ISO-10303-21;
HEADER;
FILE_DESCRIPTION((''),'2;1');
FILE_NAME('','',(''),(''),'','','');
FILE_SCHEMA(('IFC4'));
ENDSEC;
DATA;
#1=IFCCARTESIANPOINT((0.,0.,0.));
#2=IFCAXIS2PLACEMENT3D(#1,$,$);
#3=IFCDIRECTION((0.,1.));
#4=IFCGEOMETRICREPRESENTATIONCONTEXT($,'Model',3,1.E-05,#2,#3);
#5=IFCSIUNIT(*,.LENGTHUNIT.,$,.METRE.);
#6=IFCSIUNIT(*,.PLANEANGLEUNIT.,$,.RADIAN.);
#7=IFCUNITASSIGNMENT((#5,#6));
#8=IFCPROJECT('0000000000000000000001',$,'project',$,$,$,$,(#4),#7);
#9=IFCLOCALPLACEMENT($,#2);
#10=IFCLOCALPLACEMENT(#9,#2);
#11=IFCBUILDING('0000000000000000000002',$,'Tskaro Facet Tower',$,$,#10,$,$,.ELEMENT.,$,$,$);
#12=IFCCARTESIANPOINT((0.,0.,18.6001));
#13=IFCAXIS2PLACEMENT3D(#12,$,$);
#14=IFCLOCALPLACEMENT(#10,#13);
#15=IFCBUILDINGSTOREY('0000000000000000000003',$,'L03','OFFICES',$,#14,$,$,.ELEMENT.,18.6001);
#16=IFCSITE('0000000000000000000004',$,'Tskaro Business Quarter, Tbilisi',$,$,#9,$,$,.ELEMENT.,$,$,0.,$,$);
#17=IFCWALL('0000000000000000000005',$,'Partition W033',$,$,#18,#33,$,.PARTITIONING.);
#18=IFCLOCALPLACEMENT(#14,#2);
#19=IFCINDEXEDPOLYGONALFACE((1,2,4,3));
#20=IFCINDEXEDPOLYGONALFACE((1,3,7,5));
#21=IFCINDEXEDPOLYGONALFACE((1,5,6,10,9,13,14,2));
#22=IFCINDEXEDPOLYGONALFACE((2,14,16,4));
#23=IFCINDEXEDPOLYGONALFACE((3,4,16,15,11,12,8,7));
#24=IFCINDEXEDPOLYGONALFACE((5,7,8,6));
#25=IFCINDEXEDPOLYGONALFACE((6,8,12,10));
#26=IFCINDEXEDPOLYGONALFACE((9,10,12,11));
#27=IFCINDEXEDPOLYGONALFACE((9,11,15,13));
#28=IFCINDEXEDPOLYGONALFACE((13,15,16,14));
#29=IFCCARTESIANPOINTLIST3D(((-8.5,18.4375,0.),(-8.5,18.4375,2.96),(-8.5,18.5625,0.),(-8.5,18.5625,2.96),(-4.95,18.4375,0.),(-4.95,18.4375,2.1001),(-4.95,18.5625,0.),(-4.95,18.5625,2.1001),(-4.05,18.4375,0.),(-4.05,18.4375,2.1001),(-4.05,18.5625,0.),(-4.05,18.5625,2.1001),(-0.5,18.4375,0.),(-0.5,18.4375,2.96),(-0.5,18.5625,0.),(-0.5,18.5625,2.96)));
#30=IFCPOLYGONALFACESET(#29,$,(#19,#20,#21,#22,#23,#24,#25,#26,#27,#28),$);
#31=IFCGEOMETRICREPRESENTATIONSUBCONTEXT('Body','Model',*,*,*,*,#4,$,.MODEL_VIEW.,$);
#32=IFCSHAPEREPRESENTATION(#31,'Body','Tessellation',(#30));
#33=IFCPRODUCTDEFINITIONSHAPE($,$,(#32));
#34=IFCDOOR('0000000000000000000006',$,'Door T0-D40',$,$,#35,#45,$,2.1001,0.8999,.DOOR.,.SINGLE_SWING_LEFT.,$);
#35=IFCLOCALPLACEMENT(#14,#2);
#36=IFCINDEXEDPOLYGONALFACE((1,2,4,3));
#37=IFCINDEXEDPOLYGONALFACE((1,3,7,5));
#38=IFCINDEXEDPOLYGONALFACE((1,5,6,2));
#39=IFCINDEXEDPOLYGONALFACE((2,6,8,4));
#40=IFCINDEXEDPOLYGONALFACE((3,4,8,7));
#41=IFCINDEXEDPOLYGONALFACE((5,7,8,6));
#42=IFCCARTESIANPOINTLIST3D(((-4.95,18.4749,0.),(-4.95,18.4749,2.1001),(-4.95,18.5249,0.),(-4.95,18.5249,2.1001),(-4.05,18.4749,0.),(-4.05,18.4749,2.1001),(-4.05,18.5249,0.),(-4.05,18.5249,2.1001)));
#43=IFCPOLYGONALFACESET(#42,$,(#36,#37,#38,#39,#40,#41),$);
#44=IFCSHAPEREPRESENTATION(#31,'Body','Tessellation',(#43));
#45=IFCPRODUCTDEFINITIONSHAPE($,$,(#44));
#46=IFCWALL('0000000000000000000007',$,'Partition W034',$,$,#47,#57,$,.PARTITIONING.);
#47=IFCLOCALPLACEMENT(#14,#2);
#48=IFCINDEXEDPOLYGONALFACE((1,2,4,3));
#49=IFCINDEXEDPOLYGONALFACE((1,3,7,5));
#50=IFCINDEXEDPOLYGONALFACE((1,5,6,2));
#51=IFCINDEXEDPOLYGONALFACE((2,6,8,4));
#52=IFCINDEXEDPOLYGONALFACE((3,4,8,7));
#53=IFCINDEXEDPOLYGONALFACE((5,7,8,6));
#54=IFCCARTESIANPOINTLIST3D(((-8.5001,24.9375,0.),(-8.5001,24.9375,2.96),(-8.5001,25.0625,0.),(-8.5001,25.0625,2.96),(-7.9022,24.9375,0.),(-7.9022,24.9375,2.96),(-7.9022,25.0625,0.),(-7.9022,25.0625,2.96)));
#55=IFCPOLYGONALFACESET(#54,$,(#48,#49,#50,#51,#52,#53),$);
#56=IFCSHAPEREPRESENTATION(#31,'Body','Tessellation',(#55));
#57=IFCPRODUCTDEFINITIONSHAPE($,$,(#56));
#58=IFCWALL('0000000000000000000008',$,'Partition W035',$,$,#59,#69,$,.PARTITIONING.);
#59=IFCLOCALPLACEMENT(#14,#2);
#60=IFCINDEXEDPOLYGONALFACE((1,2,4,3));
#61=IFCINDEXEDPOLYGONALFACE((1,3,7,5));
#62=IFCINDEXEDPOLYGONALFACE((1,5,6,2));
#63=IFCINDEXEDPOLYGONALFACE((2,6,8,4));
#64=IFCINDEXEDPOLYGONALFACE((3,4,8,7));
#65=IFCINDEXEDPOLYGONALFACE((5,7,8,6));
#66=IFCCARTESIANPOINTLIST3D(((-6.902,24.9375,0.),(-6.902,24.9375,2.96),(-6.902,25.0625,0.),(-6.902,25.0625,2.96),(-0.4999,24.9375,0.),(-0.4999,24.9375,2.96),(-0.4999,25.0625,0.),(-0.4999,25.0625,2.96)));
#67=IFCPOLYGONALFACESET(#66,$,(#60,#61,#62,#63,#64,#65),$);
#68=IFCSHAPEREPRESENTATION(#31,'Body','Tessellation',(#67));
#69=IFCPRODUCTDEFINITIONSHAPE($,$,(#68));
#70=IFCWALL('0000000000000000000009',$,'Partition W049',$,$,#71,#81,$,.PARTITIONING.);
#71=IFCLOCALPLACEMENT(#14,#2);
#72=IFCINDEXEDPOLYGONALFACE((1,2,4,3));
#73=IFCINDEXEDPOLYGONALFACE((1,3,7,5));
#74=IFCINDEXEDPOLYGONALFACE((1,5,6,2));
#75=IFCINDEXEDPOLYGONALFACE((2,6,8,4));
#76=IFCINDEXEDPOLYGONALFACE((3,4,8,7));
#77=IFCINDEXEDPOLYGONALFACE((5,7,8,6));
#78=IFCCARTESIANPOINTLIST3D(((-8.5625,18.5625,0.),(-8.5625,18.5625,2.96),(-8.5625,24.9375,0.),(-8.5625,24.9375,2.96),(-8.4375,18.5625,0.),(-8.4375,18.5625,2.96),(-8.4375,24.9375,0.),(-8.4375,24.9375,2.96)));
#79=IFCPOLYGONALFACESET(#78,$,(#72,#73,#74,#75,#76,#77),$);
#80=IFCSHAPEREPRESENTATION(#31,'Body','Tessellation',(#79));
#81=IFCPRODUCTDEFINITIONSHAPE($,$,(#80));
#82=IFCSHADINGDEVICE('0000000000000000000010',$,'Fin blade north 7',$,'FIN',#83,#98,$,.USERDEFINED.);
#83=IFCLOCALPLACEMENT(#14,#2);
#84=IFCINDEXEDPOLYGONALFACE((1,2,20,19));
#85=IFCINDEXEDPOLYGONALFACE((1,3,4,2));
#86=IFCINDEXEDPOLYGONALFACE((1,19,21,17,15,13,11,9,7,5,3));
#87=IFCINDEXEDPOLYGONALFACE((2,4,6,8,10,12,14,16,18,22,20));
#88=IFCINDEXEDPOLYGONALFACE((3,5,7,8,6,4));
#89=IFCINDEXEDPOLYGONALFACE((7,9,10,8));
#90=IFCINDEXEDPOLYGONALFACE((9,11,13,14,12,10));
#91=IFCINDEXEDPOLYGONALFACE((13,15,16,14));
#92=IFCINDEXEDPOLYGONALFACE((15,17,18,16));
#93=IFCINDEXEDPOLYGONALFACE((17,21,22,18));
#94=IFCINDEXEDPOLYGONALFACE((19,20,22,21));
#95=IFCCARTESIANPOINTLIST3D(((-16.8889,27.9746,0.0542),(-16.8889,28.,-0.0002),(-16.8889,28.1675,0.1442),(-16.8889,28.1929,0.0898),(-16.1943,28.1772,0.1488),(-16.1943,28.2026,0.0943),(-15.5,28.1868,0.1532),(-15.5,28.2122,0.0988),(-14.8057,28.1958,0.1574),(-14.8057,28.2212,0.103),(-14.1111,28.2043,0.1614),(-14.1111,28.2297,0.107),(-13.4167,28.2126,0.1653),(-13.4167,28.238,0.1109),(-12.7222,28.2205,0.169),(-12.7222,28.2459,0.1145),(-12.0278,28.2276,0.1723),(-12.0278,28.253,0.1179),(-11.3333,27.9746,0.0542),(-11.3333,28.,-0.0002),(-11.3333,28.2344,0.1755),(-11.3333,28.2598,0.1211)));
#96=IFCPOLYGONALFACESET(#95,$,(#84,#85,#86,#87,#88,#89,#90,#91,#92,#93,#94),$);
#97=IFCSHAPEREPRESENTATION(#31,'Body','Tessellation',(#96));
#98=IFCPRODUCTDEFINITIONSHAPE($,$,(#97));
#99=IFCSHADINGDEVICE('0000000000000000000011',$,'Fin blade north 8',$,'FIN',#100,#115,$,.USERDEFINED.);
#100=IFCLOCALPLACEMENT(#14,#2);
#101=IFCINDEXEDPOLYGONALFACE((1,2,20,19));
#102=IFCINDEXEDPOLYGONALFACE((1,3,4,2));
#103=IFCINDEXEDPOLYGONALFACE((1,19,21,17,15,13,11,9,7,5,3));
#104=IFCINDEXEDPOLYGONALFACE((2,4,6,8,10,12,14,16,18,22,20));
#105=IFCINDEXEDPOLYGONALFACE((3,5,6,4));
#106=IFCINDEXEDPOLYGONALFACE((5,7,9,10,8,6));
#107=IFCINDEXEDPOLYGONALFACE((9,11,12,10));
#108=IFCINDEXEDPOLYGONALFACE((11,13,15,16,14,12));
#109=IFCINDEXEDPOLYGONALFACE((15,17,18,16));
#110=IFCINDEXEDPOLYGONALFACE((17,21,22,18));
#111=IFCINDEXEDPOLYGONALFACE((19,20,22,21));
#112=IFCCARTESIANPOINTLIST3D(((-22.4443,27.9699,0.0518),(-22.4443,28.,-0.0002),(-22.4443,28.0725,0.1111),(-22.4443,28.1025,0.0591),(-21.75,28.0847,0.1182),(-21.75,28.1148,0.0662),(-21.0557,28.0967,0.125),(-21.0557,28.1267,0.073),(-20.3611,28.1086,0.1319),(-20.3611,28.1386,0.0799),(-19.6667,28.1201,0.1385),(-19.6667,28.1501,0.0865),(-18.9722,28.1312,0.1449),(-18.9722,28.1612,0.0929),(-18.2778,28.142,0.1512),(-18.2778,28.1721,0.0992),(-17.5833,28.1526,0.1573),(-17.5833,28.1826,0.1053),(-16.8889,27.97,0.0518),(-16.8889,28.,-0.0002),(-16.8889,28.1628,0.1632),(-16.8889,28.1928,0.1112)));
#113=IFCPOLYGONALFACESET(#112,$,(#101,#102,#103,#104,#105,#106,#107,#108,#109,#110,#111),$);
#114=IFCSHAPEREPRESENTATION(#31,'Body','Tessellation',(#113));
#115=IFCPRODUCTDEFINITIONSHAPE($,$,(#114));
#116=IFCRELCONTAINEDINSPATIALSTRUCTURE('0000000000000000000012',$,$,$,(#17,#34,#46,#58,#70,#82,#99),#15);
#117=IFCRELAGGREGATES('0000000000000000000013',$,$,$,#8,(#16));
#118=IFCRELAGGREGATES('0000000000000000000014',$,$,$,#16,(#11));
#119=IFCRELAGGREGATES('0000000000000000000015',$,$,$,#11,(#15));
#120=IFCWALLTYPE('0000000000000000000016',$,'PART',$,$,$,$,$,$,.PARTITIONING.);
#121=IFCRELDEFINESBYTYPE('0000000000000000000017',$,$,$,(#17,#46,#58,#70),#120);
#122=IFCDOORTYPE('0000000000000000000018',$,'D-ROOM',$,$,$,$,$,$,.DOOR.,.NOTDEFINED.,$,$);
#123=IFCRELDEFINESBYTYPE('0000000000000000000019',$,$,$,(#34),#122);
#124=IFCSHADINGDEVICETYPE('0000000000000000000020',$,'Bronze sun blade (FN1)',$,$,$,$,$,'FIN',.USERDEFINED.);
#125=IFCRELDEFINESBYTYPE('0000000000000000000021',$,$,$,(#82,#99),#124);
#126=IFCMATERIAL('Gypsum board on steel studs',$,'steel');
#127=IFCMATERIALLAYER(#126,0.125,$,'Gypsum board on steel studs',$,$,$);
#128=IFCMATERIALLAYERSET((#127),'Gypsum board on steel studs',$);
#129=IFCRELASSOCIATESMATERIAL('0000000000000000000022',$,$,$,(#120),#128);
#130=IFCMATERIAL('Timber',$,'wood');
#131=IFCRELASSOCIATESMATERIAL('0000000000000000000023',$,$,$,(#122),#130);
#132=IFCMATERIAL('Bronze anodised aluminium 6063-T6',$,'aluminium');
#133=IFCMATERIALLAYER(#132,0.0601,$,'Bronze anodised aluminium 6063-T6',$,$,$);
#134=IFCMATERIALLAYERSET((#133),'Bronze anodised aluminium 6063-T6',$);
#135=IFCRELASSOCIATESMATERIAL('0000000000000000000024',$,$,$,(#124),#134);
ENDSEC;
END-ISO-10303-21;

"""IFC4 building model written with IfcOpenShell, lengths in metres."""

from ifc_helpers import new_model, si_unit, direction, frame, frame_2d, origin, place, context, subcontext, project, spatial, polyline, rectangle, outline, extrude, material, layer, layer_set, type_object, element, fill, save


model = new_model("IFC4")

# Units and contexts
model_context = context("Model", 3, precision=1e-05, world=origin(), true_north=direction((0.0, 1.0)))
body_context = subcontext(model_context, "Body", "Model", "MODEL_VIEW")
ifc_project = project(units=[si_unit("LENGTHUNIT", "METRE"), si_unit("PLANEANGLEUNIT", "RADIAN")], contexts=[model_context])

# Site, building, storey
site_placement = place(None, origin())
site = spatial("IfcSite", under=ifc_project, at=site_placement, Name="Tskaro Business Quarter, Tbilisi", CompositionType="ELEMENT", RefElevation=0.0)
building_placement = place(site_placement, origin())
building = spatial("IfcBuilding", under=site, at=building_placement, Name="Tskaro Facet Tower", CompositionType="ELEMENT")
storey_placement = place(building_placement, frame((0.0, 0.0, 18.6001)))
storey = spatial("IfcBuildingStorey", under=building, at=storey_placement, Name="L03", Description="OFFICES", CompositionType="ELEMENT", Elevation=18.6001)

# Shared definitions
ifc_material_1 = material(Name="Bronze anodised aluminium 6063-T6", Category="aluminium")

# Wall, opening, door
ifc_material_2 = material(Name="Gypsum board on steel studs", Category="steel")
ifc_layer_1 = layer(ifc_material_2, 0.125, Name="Gypsum board on steel studs")
ifc_layer_set_1 = layer_set([ifc_layer_1], Name="Gypsum board on steel studs")
wall_type = type_object("IfcWallType", Name="PART", PredefinedType="PARTITIONING", material=ifc_layer_set_1)
wall_1_placement = place(storey_placement, frame((-8.5, 18.5, 0.0), z_axis=(0.0, 0.0, 1.0), x_axis=(1.0, 0.0, 0.0)))
wall_1 = element("IfcWall", 1, at=wall_1_placement, inside=storey, type_object=wall_type, Name="Partition W033", PredefinedType="PARTITIONING", context=body_context, shape_type="SweptSolid", body=[
    extrude(rectangle(XDim=8.0, YDim=0.125, at=frame_2d((4.0, 0.0))), origin(), (0.0, 0.0, 1.0), 2.96),
])
opening_placement = place(wall_1_placement, frame((3.55, 0.0, 0.0)))
opening = element("IfcOpeningElement", 2, at=opening_placement, cuts=wall_1, PredefinedType="OPENING", context=body_context, shape_type="SweptSolid", body=[
    extrude(rectangle(XDim=0.8999, YDim=2.1001, at=frame_2d((0.45, 1.05))), frame((0.0, 0.0725, 0.0), z_axis=(0.0, -1.0, 0.0), x_axis=(1.0, 0.0, 0.0)), (0.0, 0.0, 1.0), 0.145),
])
ifc_material_3 = material(Name="Timber", Category="wood")
door_type = type_object("IfcDoorType", Name="D-ROOM", OperationType="NOTDEFINED", PredefinedType="DOOR", material=ifc_material_3)
door_placement = place(opening_placement, origin())
door = element("IfcDoor", 3, at=door_placement, inside=storey, type_object=door_type, Name="Door T0-D40", OperationType="SINGLE_SWING_LEFT", OverallHeight=2.1001, OverallWidth=0.8999, PredefinedType="DOOR", context=body_context, shape_type="SweptSolid", body=[
    extrude(rectangle(XDim=0.8999, YDim=2.1001, at=frame_2d((0.45, 1.05))), frame((0.0, 0.0249, 0.0), z_axis=(0.0, -1.0, 0.0), x_axis=(1.0, 0.0, 0.0)), (0.0, 0.0, 1.0), 0.05),
])
fill(opening, door)

# Walls
wall_2_placement = place(storey_placement, frame((-8.5, 25.0, 0.0), z_axis=(0.0, 0.0, 1.0), x_axis=(1.0, 0.0, 0.0)))
element("IfcWall", 4, at=wall_2_placement, inside=storey, type_object=wall_type, Name="Partition W034", PredefinedType="PARTITIONING", context=body_context, shape_type="SweptSolid", body=[
    extrude(rectangle(XDim=0.5979, YDim=0.125, at=frame_2d((0.2988, 0.0))), origin(), (0.0, 0.0, 1.0), 2.96),
])
wall_3_placement = place(storey_placement, frame((-6.9021, 25.0, 0.0), z_axis=(0.0, 0.0, 1.0), x_axis=(1.0, 0.0, 0.0)))
element("IfcWall", 5, at=wall_3_placement, inside=storey, type_object=wall_type, Name="Partition W035", PredefinedType="PARTITIONING", context=body_context, shape_type="SweptSolid", body=[
    extrude(rectangle(XDim=6.4021, YDim=0.125, at=frame_2d((3.2012, 0.0))), origin(), (0.0, 0.0, 1.0), 2.96),
])
wall_4_placement = place(storey_placement, frame((-8.5, 18.5625, 0.0), z_axis=(0.0, 0.0, 1.0), x_axis=(0.0, 1.0, 0.0)))
element("IfcWall", 6, at=wall_4_placement, inside=storey, type_object=wall_type, Name="Partition W049", PredefinedType="PARTITIONING", context=body_context, shape_type="SweptSolid", body=[
    extrude(rectangle(XDim=6.375, YDim=0.125, at=frame_2d((3.1875, 0.0))), origin(), (0.0, 0.0, 1.0), 2.96),
])

# Shading devices
ifc_layer_2 = layer(ifc_material_1, 0.0601, Name="Bronze anodised aluminium 6063-T6")
ifc_layer_set_2 = layer_set([ifc_layer_2], Name="Bronze anodised aluminium 6063-T6")
shading_device_type = type_object("IfcShadingDeviceType", Name="Bronze sun blade (FN1)", ElementType="FIN", PredefinedType="USERDEFINED", material=ifc_layer_set_2)
shading_device_1_placement = place(storey_placement, frame((-11.3333, 27.9746, 0.0542), z_axis=(-0.000003, -0.423005, 0.906128), x_axis=(-1.0, 0.000001, -0.000003)))
element("IfcShadingDevice", 7, at=shading_device_1_placement, inside=storey, type_object=shading_device_type, Name="Fin blade north 7", ObjectType="FIN", PredefinedType="USERDEFINED", context=body_context, shape_type="SweptSolid", body=[
    extrude(outline(polyline([(0.0, 0.0), (5.5557, 0.0), (5.5557, -0.2129), (4.8611, -0.2236), (4.1667, -0.2342), (3.4724, -0.2441), (2.7778, -0.2535), (2.0835, -0.2627), (1.3889, -0.2713), (0.6946, -0.2792), (0.0, -0.2867), (0.0, 0.0)])), origin(), (0.0, 0.0, -1.0), 0.0601),
])
shading_device_2_placement = place(storey_placement, frame((-16.8889, 27.97, 0.0518), z_axis=(0.000016, -0.5003, 0.865852), x_axis=(-1.0, -0.000008, 0.000014)))
element("IfcShadingDevice", 8, at=shading_device_2_placement, inside=storey, type_object=shading_device_type, Name="Fin blade north 8", ObjectType="FIN", PredefinedType="USERDEFINED", context=body_context, shape_type="SweptSolid", body=[
    extrude(outline(polyline([(0.0, 0.0), (5.5554, 0.0), (5.5554, -0.1185), (4.8611, -0.1326), (4.1667, -0.1464), (3.4722, -0.1601), (2.7778, -0.1734), (2.0833, -0.1862), (1.3889, -0.1987), (0.6943, -0.2109), (0.0, -0.2227), (0.0, 0.0)])), origin(), (0.0, 0.0, -1.0), 0.0601),
])

save(model, "model.ifc")
